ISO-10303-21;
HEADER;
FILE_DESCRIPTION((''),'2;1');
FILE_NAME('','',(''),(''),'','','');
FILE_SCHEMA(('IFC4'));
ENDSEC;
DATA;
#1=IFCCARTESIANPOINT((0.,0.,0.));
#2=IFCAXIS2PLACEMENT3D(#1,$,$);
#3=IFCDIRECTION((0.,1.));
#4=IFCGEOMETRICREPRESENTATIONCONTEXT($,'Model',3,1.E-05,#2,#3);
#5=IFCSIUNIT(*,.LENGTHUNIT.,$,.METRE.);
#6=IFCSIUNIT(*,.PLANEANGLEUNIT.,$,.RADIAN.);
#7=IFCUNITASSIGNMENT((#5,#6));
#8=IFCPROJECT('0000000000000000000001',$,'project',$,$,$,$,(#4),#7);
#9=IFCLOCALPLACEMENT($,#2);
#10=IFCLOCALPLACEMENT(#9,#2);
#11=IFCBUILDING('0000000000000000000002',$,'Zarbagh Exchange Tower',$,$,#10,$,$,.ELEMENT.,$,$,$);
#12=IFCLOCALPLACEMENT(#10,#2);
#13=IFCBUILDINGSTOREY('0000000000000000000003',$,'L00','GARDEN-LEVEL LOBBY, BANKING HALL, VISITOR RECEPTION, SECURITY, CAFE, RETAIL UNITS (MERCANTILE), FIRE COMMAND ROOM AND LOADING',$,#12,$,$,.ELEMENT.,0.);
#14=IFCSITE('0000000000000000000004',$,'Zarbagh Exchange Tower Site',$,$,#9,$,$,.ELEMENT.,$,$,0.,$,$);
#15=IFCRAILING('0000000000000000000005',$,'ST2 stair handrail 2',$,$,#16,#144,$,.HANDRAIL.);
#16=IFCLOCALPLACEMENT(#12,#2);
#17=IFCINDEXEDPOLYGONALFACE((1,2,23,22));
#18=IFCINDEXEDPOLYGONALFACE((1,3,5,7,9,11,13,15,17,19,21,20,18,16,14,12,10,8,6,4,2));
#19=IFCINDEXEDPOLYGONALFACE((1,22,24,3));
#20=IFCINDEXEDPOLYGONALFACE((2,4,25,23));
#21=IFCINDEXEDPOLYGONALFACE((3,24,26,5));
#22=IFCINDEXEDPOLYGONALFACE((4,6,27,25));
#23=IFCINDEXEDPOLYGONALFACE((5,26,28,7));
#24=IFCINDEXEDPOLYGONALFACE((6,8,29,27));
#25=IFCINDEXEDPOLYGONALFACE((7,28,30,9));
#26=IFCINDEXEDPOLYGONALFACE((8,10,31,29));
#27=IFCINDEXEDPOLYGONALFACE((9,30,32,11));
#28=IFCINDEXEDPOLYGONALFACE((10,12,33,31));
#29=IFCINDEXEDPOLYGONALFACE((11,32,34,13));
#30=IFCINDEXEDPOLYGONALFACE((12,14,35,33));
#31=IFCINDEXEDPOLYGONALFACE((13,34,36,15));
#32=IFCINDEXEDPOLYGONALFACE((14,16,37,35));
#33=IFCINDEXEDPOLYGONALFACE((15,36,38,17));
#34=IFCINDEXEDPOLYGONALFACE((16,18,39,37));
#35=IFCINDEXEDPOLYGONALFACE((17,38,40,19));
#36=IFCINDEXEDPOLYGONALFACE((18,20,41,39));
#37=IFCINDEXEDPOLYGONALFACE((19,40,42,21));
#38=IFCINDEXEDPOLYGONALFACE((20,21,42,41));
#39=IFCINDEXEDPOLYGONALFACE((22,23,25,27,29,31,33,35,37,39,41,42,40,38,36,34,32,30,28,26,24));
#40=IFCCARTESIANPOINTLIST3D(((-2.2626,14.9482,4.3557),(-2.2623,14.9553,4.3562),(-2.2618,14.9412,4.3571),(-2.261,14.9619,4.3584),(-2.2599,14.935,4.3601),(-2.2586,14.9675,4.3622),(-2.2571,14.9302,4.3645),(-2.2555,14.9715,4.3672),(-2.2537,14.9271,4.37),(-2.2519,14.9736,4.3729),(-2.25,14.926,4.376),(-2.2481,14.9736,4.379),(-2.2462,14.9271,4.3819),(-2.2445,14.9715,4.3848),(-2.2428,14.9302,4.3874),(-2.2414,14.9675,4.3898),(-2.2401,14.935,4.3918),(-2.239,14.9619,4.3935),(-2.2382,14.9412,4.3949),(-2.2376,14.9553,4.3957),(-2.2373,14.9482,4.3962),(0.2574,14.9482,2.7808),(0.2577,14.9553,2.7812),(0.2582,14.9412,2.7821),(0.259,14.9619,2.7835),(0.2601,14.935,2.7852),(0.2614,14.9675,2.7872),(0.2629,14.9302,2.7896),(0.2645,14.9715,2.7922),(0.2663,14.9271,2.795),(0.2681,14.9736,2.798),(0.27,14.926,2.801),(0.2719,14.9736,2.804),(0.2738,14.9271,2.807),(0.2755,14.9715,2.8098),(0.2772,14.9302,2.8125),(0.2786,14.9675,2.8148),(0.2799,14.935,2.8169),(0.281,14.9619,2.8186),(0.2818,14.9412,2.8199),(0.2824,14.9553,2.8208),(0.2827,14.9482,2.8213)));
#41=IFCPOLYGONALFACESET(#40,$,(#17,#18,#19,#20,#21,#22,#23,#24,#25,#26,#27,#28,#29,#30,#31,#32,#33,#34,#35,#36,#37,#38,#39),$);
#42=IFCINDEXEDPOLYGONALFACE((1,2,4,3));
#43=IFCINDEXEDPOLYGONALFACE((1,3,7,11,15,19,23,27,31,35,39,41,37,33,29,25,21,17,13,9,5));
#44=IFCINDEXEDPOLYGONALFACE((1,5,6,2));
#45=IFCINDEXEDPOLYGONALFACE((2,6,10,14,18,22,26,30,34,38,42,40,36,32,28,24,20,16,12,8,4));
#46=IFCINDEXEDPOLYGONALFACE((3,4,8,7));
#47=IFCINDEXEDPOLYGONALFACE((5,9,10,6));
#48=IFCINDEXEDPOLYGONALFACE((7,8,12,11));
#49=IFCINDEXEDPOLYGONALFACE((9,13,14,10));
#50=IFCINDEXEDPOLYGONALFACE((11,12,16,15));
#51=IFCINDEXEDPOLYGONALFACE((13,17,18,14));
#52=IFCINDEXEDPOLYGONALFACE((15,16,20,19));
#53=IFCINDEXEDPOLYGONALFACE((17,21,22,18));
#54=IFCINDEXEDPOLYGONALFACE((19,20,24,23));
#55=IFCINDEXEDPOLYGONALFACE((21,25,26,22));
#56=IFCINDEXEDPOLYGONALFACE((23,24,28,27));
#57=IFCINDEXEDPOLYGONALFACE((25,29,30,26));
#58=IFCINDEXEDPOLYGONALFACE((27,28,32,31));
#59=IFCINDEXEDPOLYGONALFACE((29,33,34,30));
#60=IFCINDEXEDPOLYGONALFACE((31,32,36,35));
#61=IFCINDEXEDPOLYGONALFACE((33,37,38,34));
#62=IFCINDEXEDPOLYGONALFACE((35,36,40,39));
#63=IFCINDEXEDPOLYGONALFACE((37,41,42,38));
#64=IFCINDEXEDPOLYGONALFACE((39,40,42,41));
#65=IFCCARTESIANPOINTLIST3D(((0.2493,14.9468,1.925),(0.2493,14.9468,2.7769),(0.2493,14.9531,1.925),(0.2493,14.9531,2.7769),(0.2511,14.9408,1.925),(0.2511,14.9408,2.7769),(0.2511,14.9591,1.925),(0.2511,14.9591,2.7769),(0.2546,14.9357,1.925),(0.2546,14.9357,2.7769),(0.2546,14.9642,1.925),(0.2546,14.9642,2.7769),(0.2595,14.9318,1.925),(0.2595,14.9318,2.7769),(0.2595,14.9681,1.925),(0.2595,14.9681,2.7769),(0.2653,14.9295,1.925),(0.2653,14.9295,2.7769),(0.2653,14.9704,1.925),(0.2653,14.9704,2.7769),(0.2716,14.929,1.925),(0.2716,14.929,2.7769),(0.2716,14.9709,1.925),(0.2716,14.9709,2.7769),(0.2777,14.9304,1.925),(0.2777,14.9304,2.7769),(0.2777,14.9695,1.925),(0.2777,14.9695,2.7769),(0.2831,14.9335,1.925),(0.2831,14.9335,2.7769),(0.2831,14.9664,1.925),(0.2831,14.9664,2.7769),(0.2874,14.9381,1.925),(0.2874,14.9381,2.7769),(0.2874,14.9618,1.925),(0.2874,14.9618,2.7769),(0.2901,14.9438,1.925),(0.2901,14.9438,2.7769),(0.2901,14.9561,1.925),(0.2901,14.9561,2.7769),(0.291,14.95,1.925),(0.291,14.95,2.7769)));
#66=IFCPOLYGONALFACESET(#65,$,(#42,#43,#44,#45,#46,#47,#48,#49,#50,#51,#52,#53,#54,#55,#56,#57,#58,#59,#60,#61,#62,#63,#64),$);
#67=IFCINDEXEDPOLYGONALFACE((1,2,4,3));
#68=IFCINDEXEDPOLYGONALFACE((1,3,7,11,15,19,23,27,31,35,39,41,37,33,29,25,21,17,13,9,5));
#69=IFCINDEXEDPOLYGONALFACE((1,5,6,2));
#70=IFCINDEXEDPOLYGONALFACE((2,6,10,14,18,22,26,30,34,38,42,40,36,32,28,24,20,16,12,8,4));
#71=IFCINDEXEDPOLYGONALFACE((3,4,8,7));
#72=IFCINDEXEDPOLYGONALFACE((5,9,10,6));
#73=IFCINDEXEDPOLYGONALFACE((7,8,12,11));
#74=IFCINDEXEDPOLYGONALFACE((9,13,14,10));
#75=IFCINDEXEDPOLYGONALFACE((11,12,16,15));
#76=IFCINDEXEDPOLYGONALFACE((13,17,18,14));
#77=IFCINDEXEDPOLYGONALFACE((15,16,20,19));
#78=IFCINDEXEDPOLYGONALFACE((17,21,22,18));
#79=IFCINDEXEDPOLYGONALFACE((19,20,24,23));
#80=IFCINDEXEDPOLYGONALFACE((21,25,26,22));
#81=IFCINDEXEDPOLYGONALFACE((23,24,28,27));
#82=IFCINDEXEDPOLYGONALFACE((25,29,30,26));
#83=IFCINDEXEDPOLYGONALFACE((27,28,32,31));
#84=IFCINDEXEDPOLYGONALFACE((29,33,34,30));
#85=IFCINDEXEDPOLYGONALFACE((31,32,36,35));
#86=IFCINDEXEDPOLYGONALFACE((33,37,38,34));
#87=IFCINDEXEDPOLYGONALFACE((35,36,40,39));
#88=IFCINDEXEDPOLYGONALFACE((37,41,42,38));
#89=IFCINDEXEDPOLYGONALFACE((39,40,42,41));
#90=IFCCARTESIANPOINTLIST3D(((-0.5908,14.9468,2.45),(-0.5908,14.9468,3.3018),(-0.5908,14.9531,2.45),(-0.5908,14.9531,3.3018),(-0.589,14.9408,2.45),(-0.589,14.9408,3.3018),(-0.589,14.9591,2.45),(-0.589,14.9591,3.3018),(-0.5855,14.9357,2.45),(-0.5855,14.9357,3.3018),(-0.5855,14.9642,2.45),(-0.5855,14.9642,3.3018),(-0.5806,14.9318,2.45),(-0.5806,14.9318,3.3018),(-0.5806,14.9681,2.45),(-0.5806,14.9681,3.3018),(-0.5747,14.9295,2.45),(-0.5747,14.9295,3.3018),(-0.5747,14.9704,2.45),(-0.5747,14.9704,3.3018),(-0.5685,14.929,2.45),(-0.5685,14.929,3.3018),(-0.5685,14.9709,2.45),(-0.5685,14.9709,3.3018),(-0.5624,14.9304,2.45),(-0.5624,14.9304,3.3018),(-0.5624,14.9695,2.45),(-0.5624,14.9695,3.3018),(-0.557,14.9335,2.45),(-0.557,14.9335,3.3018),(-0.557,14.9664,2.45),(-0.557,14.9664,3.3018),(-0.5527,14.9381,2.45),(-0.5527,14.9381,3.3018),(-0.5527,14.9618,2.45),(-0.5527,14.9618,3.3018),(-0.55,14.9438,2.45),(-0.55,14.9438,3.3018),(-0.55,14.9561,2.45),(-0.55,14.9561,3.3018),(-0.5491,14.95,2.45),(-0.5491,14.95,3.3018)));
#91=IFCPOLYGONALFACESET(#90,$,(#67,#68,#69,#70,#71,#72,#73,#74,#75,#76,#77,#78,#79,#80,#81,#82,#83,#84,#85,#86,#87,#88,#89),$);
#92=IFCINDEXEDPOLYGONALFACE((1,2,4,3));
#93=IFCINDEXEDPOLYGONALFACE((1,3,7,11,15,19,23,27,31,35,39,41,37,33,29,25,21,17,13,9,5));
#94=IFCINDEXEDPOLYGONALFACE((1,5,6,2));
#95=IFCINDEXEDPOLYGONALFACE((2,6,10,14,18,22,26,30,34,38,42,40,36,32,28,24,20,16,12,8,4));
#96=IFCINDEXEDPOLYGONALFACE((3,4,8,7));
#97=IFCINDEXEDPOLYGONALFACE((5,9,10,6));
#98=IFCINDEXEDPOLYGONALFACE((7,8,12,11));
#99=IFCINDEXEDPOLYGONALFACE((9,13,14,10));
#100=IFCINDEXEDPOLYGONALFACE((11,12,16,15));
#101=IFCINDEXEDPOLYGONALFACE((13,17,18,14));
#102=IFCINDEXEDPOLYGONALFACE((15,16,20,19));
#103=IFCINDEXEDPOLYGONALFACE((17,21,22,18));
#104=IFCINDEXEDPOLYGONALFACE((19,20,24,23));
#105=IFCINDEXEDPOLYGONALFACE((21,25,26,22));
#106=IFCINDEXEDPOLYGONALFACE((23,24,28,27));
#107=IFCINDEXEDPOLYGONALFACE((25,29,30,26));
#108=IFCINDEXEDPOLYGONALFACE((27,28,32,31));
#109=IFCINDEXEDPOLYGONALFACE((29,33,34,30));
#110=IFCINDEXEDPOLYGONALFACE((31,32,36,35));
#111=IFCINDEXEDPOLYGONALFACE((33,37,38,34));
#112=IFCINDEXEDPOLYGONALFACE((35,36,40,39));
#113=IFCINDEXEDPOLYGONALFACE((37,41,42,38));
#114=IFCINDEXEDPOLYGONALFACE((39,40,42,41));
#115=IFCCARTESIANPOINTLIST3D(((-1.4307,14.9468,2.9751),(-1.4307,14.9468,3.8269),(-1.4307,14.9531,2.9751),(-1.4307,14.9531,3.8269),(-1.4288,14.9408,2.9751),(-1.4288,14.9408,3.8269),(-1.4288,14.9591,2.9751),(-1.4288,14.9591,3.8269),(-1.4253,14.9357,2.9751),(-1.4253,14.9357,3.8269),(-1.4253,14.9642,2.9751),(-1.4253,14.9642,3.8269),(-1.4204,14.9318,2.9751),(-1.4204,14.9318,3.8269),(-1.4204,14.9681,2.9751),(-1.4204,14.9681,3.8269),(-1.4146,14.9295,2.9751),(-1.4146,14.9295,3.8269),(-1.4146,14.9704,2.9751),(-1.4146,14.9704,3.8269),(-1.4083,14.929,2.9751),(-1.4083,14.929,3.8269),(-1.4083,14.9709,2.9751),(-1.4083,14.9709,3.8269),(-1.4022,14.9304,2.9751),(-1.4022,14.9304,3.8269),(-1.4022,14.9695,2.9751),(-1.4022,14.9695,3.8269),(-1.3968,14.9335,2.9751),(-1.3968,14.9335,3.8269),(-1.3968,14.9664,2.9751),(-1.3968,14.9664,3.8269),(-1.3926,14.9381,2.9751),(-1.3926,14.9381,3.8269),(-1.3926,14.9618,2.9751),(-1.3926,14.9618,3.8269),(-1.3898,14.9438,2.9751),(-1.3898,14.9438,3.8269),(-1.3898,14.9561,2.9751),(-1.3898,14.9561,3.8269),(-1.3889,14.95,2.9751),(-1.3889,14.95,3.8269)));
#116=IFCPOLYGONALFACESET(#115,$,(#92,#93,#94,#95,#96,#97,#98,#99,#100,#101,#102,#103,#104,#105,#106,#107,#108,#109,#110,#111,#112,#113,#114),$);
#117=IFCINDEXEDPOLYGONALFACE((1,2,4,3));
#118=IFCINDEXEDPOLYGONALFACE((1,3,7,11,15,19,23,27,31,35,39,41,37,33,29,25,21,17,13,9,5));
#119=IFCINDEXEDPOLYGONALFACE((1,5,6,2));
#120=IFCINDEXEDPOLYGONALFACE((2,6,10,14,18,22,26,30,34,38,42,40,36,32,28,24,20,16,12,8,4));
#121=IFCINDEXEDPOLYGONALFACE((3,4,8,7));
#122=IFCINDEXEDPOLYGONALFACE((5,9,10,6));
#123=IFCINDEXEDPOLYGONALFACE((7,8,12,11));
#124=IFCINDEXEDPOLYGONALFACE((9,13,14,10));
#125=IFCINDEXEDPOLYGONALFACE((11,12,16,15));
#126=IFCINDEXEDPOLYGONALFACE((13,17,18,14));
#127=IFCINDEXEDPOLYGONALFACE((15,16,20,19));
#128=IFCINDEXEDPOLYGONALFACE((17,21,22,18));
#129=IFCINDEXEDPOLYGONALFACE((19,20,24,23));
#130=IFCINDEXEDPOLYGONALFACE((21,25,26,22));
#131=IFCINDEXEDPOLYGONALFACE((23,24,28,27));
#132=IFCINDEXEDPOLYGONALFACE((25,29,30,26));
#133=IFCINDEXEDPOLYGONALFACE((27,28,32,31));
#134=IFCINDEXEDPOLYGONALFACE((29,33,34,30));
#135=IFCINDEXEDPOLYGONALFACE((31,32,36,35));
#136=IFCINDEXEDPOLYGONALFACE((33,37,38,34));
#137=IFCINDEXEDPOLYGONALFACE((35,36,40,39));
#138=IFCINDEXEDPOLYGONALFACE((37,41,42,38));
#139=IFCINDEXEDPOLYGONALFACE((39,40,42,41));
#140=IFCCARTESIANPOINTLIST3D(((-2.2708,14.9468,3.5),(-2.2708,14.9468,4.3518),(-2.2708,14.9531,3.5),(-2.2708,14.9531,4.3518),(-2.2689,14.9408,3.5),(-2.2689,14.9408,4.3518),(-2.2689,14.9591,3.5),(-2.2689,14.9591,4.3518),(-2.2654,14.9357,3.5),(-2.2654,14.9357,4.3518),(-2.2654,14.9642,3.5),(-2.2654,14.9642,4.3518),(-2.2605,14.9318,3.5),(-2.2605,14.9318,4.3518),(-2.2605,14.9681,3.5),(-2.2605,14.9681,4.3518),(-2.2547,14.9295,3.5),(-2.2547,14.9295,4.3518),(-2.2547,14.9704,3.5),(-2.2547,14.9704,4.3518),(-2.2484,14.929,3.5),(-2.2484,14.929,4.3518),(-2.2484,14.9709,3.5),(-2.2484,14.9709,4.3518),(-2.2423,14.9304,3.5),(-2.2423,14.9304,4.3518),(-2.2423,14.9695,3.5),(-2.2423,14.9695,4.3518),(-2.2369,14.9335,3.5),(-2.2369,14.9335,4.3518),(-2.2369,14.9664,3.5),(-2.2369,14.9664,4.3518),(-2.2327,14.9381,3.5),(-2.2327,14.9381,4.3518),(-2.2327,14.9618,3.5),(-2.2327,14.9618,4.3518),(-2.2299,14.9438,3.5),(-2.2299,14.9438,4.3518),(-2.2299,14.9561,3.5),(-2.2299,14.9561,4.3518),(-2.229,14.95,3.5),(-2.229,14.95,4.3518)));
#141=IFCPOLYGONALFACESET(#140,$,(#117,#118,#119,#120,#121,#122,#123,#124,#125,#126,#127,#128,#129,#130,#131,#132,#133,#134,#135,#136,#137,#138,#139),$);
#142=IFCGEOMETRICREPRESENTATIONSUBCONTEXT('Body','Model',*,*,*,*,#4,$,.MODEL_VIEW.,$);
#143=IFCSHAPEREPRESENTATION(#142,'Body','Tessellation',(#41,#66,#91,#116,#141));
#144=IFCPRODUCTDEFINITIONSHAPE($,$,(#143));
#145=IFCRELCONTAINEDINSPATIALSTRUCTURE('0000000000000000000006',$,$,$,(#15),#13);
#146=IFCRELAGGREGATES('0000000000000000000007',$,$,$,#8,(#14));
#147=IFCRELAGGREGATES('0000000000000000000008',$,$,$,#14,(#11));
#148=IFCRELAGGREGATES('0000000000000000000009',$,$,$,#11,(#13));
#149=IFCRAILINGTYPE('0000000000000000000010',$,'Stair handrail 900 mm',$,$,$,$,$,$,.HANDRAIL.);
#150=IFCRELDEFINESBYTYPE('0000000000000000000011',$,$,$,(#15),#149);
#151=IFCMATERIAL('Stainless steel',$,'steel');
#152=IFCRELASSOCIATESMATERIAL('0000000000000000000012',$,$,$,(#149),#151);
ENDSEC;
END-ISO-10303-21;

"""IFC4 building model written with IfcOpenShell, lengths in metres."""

from ifc_helpers import new_model, si_unit, direction, frame, origin, origin_2d, place, context, subcontext, project, spatial, circle, extrude, material, type_object, element, save


model = new_model("IFC4")

# Units and contexts
model_context = context("Model", 3, precision=1e-05, world=origin(), true_north=direction((0.0, 1.0)))
body_context = subcontext(model_context, "Body", "Model", "MODEL_VIEW")
ifc_project = project(units=[si_unit("LENGTHUNIT", "METRE"), si_unit("PLANEANGLEUNIT", "RADIAN")], contexts=[model_context])

# Site, building, storey
site_placement = place(None, origin())
site = spatial("IfcSite", under=ifc_project, at=site_placement, Name="Zarbagh Exchange Tower Site", CompositionType="ELEMENT", RefElevation=0.0)
building_placement = place(site_placement, origin())
building = spatial("IfcBuilding", under=site, at=building_placement, Name="Zarbagh Exchange Tower", CompositionType="ELEMENT")
storey_placement = place(building_placement, origin())
storey = spatial("IfcBuildingStorey", under=building, at=storey_placement, Name="L00", Description="GARDEN-LEVEL LOBBY, BANKING HALL, VISITOR RECEPTION, SECURITY, CAFE, RETAIL UNITS (MERCANTILE), FIRE COMMAND ROOM AND LOADING", CompositionType="ELEMENT", Elevation=0.0)

# Railing
ifc_material_1 = material(Name="Stainless steel", Category="steel")
railing_type_1 = type_object("IfcRailingType", Name="Stair handrail 900 mm", PredefinedType="HANDRAIL", material=ifc_material_1)
for number, where, name in (
    (1, (0.27, 14.95, 1.925), "ST2 stair handrail 2"),
):
    element("IfcRailing", number, at=place(storey_placement, frame(where)), inside=storey, type_object=railing_type_1, Name=name, PredefinedType="HANDRAIL", context=body_context, shape_type="SweptSolid", body=[
        extrude(circle(Radius=0.0239, at=origin_2d()), frame((0.0, 0.0, 0.876), z_axis=(-0.848008, 0.0, 0.529984), x_axis=(0.0, -1.0, 0.0)), (0.0, 0.0, 1.0), 2.9717),
        extrude(circle(Radius=0.021, at=origin_2d()), origin(), (0.0, 0.0, 1.0), 0.8518),
        extrude(circle(Radius=0.021, at=origin_2d()), frame((-0.8401, 0.0, 0.5249)), (0.0, 0.0, 1.0), 0.8518),
        extrude(circle(Radius=0.021, at=origin_2d()), frame((-1.6799, 0.0, 1.05)), (0.0, 0.0, 1.0), 0.8518),
        extrude(circle(Radius=0.021, at=origin_2d()), frame((-2.52, 0.0, 1.575)), (0.0, 0.0, 1.0), 0.8518),
    ])

save(model, "model.ifc")
